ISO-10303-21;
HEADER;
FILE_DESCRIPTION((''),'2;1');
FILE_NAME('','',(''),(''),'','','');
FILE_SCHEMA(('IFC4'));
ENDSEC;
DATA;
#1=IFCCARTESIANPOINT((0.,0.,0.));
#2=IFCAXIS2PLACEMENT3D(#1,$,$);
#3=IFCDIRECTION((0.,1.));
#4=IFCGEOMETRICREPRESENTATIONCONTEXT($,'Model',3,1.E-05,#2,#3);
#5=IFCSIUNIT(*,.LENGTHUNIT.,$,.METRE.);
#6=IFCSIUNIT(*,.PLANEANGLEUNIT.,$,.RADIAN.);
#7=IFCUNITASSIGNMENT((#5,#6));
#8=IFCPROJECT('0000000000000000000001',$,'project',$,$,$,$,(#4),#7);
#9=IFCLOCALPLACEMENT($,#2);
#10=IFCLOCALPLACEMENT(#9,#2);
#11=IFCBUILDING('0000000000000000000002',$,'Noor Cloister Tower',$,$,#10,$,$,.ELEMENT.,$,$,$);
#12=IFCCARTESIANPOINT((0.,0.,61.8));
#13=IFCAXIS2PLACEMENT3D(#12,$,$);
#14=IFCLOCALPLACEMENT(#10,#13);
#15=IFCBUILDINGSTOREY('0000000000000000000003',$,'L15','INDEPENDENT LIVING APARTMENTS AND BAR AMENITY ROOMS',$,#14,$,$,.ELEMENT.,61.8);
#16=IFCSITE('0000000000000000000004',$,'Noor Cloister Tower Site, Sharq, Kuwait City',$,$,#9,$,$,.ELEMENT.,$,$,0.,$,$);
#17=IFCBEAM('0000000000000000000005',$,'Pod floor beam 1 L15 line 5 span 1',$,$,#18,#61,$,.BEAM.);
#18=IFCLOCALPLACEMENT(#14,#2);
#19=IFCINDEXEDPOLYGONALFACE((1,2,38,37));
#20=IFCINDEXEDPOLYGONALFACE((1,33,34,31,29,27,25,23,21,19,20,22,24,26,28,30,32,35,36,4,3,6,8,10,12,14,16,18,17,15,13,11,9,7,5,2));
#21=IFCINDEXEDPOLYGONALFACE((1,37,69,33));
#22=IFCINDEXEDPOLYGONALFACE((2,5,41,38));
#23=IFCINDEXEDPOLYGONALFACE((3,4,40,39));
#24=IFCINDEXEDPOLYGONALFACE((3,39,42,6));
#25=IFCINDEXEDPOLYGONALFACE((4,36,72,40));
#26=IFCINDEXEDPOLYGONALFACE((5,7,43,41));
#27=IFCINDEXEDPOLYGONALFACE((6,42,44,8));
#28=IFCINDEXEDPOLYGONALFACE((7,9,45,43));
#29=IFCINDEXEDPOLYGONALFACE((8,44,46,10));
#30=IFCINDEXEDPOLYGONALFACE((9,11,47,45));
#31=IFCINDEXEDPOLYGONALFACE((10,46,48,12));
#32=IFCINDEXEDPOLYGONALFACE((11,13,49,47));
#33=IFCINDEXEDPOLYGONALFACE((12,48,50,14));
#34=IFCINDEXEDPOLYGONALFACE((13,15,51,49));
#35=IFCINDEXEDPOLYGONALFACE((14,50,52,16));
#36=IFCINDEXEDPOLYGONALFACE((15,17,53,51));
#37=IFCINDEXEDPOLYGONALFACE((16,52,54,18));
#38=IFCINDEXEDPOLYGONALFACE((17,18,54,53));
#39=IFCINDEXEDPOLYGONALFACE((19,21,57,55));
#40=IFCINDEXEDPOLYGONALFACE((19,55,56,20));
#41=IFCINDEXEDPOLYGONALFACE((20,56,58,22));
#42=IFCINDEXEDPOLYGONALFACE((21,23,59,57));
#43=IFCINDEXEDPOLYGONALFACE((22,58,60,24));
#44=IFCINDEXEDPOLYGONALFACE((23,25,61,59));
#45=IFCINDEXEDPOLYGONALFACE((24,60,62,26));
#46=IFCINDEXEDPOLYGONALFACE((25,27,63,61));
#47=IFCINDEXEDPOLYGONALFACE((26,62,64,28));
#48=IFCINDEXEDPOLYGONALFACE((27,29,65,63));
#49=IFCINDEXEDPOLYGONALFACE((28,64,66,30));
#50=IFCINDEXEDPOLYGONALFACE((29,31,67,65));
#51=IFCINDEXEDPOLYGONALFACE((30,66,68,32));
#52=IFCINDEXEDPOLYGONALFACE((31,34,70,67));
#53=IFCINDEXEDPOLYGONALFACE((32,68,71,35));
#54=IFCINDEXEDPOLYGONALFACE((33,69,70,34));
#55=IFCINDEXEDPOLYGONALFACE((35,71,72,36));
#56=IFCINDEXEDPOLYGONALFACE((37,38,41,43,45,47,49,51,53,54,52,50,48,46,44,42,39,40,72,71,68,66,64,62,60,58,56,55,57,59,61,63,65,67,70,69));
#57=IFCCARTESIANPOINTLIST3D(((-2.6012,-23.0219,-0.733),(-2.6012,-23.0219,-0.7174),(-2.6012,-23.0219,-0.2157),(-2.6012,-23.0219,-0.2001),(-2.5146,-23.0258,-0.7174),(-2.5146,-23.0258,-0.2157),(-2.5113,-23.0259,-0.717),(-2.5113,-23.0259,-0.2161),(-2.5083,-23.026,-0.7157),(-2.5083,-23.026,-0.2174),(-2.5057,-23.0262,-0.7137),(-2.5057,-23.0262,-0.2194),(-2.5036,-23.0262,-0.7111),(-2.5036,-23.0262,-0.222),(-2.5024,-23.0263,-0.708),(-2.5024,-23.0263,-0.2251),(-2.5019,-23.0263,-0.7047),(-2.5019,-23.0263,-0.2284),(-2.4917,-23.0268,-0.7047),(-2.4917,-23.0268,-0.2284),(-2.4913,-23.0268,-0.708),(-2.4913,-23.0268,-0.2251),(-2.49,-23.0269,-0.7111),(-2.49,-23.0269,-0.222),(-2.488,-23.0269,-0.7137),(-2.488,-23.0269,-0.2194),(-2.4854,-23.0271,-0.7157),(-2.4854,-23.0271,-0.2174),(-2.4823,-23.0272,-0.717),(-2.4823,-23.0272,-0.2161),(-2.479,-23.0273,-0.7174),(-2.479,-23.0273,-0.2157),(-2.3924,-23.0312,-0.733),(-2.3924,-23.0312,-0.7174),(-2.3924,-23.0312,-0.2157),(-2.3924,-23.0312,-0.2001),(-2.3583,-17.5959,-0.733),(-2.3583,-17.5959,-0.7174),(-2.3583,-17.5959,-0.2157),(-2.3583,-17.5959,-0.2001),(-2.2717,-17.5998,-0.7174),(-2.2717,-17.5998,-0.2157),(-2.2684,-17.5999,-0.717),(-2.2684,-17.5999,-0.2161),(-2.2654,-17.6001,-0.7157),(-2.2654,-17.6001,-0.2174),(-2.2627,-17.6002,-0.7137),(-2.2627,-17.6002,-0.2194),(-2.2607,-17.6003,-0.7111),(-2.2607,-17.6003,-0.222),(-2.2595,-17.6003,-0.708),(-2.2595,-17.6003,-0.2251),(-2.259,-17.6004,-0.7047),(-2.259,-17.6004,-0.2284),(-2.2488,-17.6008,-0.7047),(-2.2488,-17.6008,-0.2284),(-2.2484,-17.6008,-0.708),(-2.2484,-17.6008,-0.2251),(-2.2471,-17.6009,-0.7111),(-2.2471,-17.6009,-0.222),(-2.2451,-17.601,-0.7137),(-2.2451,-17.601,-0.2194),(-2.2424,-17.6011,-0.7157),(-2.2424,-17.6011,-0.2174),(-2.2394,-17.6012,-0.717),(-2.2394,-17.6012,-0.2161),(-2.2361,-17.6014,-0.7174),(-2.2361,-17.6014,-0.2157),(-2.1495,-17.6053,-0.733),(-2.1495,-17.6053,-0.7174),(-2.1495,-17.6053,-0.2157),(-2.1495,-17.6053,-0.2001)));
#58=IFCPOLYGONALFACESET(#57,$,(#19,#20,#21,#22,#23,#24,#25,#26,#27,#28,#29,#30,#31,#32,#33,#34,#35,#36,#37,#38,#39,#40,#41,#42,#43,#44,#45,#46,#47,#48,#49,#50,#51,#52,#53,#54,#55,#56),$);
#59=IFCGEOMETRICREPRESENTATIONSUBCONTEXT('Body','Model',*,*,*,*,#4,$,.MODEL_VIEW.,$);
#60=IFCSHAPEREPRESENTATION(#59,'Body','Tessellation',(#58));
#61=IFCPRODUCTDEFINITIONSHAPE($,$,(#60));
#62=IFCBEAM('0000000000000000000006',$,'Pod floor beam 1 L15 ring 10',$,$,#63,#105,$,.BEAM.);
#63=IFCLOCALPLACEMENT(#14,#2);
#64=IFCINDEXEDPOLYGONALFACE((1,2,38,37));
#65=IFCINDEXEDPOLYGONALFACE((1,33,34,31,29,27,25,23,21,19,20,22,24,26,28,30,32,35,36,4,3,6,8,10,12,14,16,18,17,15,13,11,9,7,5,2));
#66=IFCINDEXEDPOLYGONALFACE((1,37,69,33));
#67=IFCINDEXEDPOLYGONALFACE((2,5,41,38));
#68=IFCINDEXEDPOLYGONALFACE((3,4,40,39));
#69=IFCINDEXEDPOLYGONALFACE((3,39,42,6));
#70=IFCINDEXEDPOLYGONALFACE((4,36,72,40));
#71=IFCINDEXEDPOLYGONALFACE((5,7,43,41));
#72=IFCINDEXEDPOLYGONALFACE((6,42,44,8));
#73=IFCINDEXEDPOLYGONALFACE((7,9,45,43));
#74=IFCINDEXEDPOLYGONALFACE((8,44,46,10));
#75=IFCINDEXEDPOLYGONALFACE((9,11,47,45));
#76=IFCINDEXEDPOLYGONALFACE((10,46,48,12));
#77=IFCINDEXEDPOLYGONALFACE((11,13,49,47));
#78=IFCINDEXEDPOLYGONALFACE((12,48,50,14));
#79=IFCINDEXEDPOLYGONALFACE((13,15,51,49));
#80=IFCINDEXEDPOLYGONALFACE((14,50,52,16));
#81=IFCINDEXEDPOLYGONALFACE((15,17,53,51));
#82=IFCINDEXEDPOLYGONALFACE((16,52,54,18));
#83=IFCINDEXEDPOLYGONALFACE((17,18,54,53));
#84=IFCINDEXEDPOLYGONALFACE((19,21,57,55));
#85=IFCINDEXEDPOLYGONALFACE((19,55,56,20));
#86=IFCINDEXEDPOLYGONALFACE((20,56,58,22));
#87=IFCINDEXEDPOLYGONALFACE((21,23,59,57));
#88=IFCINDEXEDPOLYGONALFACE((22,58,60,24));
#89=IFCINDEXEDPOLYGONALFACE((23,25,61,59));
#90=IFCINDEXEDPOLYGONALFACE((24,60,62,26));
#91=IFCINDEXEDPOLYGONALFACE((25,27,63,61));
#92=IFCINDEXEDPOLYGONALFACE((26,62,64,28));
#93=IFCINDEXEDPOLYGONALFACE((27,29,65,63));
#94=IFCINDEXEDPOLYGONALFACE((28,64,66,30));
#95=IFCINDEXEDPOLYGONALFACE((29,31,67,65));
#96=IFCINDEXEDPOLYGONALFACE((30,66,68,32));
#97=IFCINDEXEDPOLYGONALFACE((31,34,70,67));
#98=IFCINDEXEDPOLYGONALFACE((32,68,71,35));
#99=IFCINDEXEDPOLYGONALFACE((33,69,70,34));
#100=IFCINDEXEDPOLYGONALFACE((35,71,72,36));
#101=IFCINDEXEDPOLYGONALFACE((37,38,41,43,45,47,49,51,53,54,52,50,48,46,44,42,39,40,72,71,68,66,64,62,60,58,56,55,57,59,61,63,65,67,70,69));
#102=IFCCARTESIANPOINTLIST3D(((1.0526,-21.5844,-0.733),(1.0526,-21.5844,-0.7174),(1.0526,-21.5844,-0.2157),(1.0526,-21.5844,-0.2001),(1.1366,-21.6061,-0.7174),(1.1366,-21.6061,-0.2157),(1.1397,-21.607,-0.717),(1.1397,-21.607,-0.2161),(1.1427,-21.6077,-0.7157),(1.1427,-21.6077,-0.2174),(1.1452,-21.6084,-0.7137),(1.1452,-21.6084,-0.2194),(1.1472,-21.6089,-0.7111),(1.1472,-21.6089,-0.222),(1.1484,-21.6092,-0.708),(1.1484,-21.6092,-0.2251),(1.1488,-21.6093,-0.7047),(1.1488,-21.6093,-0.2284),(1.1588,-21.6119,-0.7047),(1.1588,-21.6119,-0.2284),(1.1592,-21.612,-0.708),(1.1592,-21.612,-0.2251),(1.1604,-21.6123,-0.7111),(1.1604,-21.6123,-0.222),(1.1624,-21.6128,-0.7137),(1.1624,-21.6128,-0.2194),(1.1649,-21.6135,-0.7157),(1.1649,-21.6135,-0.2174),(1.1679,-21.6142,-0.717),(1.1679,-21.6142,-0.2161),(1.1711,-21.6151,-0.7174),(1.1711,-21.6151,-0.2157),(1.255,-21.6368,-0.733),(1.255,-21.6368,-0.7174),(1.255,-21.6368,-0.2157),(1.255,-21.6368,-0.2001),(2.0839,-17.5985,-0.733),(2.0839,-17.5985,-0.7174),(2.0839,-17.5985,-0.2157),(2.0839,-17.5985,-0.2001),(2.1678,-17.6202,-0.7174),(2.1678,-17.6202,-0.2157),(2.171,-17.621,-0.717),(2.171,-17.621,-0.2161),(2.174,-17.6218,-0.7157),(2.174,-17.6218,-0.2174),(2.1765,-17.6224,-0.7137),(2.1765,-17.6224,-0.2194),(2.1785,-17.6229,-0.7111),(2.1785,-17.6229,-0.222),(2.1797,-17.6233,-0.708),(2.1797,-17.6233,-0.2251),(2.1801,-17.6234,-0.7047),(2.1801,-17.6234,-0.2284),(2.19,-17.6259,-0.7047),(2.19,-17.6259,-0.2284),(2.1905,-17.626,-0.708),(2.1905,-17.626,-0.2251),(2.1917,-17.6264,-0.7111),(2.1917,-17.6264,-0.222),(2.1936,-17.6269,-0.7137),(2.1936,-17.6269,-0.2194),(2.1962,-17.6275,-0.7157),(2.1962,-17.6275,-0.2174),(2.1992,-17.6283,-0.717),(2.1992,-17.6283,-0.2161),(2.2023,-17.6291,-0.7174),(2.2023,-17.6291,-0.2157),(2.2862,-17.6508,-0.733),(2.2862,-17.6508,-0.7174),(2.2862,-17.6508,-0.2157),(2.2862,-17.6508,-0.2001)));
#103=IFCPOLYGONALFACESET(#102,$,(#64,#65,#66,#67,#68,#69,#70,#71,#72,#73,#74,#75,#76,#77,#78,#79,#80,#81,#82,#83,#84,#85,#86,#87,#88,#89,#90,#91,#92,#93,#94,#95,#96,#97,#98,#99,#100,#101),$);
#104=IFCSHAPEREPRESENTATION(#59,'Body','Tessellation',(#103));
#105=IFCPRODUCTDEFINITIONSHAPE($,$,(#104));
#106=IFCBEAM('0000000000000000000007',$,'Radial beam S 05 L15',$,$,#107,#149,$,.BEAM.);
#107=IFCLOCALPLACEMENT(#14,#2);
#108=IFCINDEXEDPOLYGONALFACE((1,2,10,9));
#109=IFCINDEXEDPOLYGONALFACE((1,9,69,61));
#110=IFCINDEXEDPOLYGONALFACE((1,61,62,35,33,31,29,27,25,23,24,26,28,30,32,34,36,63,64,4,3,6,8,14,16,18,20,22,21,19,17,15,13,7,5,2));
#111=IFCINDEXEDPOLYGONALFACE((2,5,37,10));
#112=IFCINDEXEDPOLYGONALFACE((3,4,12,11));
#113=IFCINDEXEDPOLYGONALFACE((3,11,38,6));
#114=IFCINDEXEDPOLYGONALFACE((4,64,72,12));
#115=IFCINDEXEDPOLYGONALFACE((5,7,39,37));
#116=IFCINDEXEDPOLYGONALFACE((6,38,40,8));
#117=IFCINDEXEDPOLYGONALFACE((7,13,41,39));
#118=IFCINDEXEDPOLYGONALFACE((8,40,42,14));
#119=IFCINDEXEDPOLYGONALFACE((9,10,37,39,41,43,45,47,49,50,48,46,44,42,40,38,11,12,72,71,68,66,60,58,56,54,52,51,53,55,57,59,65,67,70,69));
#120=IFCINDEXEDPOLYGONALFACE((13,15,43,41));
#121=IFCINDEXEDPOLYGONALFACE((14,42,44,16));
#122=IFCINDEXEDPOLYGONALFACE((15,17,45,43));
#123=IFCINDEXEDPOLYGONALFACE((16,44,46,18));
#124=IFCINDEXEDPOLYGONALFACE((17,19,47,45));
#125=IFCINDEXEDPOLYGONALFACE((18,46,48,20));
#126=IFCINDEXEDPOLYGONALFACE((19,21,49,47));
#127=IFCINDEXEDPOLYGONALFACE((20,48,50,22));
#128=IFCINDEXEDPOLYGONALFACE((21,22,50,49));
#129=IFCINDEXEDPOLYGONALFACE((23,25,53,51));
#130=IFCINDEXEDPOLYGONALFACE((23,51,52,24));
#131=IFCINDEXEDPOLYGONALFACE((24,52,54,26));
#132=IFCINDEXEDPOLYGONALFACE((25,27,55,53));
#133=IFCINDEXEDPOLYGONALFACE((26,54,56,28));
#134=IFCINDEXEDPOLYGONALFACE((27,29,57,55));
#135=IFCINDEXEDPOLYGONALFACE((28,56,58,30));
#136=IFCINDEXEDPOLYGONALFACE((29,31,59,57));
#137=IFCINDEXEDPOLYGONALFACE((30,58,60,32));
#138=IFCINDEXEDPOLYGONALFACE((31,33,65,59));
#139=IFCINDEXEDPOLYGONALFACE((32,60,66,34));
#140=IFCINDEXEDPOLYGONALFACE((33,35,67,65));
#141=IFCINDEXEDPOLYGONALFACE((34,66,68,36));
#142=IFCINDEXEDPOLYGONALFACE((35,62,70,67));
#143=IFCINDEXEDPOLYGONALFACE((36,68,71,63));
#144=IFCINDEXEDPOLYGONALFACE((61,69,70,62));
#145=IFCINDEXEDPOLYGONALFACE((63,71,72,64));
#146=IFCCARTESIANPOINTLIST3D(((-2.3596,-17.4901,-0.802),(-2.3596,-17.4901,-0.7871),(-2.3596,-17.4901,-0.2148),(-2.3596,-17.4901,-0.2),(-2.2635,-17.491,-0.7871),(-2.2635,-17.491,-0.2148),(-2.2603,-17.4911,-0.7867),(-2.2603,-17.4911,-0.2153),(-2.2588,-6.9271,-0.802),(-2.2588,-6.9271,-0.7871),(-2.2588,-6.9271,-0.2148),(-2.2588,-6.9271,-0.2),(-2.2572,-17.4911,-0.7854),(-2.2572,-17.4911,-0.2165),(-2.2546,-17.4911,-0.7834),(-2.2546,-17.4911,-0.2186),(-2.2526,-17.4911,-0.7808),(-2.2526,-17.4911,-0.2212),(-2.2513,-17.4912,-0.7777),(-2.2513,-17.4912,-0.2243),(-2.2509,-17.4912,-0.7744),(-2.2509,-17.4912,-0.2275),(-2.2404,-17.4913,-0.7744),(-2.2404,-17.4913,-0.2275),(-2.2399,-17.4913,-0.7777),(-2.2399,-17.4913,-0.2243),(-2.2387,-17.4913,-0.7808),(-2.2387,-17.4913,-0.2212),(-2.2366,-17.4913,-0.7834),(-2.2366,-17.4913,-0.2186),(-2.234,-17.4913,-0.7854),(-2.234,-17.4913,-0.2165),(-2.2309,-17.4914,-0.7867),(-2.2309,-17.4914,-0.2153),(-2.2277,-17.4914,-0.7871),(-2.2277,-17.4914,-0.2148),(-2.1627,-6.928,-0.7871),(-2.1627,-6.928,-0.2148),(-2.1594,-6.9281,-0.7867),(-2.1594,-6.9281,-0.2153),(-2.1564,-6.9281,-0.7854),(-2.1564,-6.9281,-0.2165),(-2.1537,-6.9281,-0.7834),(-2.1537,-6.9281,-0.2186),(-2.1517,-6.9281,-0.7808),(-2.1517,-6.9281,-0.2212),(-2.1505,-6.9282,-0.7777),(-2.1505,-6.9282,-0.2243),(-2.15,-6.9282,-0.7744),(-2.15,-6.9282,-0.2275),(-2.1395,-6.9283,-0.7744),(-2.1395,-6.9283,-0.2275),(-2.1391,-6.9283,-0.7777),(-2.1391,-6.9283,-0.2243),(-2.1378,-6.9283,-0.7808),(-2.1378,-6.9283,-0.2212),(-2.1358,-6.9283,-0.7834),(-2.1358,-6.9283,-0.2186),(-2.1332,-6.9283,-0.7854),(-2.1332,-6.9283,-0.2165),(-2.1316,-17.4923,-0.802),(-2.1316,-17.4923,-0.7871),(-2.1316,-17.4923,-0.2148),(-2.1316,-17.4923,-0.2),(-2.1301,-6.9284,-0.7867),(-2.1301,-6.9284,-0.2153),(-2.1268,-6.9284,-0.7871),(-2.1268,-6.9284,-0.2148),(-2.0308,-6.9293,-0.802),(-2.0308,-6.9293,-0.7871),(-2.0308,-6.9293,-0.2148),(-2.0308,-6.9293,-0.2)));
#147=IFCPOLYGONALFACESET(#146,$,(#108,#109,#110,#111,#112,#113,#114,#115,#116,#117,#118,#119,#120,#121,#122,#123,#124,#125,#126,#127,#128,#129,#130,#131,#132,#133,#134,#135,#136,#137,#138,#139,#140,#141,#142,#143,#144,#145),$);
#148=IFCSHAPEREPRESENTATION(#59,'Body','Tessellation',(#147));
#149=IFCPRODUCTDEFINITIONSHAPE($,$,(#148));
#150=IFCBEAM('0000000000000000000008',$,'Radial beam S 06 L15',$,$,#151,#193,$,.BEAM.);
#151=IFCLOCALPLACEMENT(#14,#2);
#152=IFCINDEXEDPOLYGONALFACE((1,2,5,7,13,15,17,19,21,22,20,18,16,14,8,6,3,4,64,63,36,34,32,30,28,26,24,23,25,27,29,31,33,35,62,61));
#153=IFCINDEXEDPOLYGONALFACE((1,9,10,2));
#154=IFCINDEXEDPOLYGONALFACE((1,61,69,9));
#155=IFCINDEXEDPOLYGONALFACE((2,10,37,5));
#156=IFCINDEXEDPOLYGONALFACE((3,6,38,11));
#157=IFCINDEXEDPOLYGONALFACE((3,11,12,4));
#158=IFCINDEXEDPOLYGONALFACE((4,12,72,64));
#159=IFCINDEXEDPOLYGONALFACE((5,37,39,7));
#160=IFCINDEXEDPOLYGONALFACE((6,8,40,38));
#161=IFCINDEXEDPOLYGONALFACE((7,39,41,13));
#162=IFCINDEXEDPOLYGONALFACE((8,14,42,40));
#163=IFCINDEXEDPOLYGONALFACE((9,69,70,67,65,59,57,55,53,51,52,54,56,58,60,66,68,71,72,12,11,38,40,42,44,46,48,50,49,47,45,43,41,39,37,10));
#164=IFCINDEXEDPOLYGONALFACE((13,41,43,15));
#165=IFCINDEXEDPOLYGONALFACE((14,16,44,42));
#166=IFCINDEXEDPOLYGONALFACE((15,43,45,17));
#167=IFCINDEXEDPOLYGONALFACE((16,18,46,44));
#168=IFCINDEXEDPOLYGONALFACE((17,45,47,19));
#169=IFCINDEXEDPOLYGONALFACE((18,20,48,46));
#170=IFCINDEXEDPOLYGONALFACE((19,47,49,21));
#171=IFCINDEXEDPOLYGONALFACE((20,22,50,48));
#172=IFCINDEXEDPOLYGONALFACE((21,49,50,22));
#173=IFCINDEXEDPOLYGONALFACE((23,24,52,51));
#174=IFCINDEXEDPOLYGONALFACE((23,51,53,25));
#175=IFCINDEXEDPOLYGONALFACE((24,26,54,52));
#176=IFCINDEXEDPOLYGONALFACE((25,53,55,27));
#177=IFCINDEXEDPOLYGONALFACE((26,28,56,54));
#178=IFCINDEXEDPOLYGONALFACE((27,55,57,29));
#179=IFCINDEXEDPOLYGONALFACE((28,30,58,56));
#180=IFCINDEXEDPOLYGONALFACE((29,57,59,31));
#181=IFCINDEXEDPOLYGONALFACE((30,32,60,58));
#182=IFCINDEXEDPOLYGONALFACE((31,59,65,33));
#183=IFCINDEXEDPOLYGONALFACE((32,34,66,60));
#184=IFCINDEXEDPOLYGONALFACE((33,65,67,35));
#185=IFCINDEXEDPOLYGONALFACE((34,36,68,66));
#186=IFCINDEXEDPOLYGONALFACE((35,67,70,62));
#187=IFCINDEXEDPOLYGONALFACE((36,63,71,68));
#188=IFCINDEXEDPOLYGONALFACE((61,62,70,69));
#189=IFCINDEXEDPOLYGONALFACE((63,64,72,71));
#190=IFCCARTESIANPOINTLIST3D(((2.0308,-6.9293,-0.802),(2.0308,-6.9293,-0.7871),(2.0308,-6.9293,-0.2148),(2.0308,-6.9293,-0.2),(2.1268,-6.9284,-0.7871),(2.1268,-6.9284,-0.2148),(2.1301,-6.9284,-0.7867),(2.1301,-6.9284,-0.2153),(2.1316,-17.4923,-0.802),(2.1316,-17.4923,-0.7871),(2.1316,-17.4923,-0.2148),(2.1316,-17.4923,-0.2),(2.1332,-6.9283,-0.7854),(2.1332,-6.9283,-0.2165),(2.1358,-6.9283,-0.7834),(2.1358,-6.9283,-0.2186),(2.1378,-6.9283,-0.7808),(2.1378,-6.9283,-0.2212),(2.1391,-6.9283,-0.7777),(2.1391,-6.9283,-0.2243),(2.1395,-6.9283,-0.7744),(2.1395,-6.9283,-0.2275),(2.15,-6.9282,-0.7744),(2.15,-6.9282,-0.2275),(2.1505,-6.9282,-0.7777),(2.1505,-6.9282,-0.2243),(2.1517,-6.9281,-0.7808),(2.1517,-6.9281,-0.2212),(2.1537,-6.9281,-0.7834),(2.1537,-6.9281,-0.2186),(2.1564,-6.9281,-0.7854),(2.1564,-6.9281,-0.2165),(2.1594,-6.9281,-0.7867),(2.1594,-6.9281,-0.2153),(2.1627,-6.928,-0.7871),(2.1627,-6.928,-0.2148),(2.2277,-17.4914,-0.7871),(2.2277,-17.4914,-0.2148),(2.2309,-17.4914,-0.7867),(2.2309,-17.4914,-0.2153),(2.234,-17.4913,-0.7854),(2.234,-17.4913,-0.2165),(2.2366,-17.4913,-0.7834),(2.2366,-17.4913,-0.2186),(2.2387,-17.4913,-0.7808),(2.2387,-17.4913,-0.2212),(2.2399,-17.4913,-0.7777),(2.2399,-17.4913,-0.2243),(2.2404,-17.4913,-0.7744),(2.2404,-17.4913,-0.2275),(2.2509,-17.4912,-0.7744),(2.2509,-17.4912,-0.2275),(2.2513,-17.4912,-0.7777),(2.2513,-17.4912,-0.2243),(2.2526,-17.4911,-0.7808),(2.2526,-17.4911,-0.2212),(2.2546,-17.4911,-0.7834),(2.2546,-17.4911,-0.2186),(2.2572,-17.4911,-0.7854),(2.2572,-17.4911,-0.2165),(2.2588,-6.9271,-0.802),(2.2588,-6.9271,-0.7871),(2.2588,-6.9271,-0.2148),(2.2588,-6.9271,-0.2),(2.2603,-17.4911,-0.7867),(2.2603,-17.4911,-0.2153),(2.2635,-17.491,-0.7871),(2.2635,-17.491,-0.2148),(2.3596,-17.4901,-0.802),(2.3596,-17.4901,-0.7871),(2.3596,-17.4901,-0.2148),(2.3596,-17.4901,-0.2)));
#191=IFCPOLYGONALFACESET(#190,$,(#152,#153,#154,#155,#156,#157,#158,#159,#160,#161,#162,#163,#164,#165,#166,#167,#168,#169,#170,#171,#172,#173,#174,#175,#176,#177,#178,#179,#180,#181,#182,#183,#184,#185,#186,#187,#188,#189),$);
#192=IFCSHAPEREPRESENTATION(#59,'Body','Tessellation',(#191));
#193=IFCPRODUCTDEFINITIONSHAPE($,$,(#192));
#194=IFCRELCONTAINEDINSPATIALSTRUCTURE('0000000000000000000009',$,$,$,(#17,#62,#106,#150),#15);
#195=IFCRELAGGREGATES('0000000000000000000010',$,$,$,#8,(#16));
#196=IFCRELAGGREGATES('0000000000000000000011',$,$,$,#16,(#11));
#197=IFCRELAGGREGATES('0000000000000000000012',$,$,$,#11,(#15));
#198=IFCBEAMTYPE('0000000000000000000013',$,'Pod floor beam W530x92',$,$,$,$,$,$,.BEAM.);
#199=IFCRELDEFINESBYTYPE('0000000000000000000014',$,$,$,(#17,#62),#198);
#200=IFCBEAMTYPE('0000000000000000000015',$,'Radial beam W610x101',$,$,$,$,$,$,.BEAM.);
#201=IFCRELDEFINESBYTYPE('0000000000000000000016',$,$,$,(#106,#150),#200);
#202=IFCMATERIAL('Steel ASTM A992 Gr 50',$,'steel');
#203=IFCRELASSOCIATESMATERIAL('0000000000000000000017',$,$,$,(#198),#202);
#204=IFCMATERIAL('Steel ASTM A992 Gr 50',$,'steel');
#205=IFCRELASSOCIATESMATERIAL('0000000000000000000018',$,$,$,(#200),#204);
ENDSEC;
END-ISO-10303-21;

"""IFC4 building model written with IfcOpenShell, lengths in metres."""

from ifc_helpers import new_model, si_unit, direction, frame, origin, origin_2d, place, context, subcontext, project, spatial, i_section, extrude, material, material_profile, profile_set, type_object, element, save


model = new_model("IFC4")

# Units and contexts
model_context = context("Model", 3, precision=1e-05, world=origin(), true_north=direction((0.0, 1.0)))
body_context = subcontext(model_context, "Body", "Model", "MODEL_VIEW")
ifc_project = project(units=[si_unit("LENGTHUNIT", "METRE"), si_unit("PLANEANGLEUNIT", "RADIAN")], contexts=[model_context])

# Site, building, storey
site_placement = place(None, origin())
site = spatial("IfcSite", under=ifc_project, at=site_placement, Name="Noor Cloister Tower Site, Sharq, Kuwait City", CompositionType="ELEMENT", RefElevation=0.0)
building_placement = place(site_placement, origin())
building = spatial("IfcBuilding", under=site, at=building_placement, Name="Noor Cloister Tower", CompositionType="ELEMENT")
storey_placement = place(building_placement, frame((0.0, 0.0, 61.8)))
storey = spatial("IfcBuildingStorey", under=building, at=storey_placement, Name="L15", Description="INDEPENDENT LIVING APARTMENTS AND BAR AMENITY ROOMS", CompositionType="ELEMENT", Elevation=61.8)

# Beams
ifc_material_1 = material(Name="Steel ASTM A992 Gr 50", Category="steel")
ifc_material_profile_1 = material_profile(ifc_material_1, i_section(OverallWidth=0.209, OverallDepth=0.533, WebThickness=0.0103, FlangeThickness=0.0156, FilletRadius=0.0127, at=origin_2d()), Name="W530x92")
ifc_profile_set_1 = profile_set([ifc_material_profile_1], Name="Steel ASTM A992 Gr 50")
beam_type_1 = type_object("IfcBeamType", Name="Pod floor beam W530x92", PredefinedType="BEAM", material=ifc_profile_set_1)
beam_1_placement = place(storey_placement, frame((-2.2539, -17.6006, -0.4666), z_axis=(-0.044725, -0.998999, 0.0), x_axis=(0.998999, -0.044725, 0.0)))
element("IfcBeam", 1, at=beam_1_placement, inside=storey, type_object=beam_type_1, Name="Pod floor beam 1 L15 line 5 span 1", PredefinedType="BEAM", context=body_context, shape_type="SweptSolid", body=[
    extrude(i_section(OverallWidth=0.209, OverallDepth=0.533, WebThickness=0.0103, FlangeThickness=0.0156, FilletRadius=0.0127, at=origin_2d()), origin(), (0.0, 0.0, 1.0), 5.4314),
])
beam_2_placement = place(storey_placement, frame((1.1538, -21.6106, -0.4666), z_axis=(0.250481, 0.968122, 0.0), x_axis=(-0.968122, 0.250481, 0.0)))
element("IfcBeam", 2, at=beam_2_placement, inside=storey, type_object=beam_type_1, Name="Pod floor beam 1 L15 ring 10", PredefinedType="BEAM", context=body_context, shape_type="SweptSolid", body=[
    extrude(i_section(OverallWidth=0.209, OverallDepth=0.533, WebThickness=0.0103, FlangeThickness=0.0156, FilletRadius=0.0127, at=origin_2d()), origin(), (0.0, 0.0, 1.0), 4.1172),
])
ifc_material_2 = material(Name="Steel ASTM A992 Gr 50", Category="steel")
ifc_material_profile_2 = material_profile(ifc_material_2, i_section(OverallWidth=0.228, OverallDepth=0.6021, WebThickness=0.0105, FlangeThickness=0.0149, FilletRadius=0.0127, at=origin_2d()), Name="W610x101")
ifc_profile_set_2 = profile_set([ifc_material_profile_2], Name="Steel ASTM A992 Gr 50")
beam_type_2 = type_object("IfcBeamType", Name="Radial beam W610x101", PredefinedType="BEAM", material=ifc_profile_set_2)
for number, where, z_axis, x_axis, name in (
    (3, (-2.2456, -17.4912, -0.501), (0.009545, 0.999954, 0.0), (-0.999954, 0.009545, 0.0), "Radial beam S 05 L15"),
    (4, (2.2456, -17.4912, -0.501), (-0.009545, 0.999954, 0.0), (-0.999954, -0.009545, 0.0), "Radial beam S 06 L15"),
):
    element("IfcBeam", number, at=place(storey_placement, frame(where, z_axis=z_axis, x_axis=x_axis)), inside=storey, type_object=beam_type_2, Name=name, PredefinedType="BEAM", context=body_context, shape_type="SweptSolid", body=[
        extrude(i_section(OverallWidth=0.228, OverallDepth=0.6021, WebThickness=0.0105, FlangeThickness=0.0149, FilletRadius=0.0127, at=origin_2d()), origin(), (0.0, 0.0, 1.0), 10.5635),
    ])

save(model, "model.ifc")
